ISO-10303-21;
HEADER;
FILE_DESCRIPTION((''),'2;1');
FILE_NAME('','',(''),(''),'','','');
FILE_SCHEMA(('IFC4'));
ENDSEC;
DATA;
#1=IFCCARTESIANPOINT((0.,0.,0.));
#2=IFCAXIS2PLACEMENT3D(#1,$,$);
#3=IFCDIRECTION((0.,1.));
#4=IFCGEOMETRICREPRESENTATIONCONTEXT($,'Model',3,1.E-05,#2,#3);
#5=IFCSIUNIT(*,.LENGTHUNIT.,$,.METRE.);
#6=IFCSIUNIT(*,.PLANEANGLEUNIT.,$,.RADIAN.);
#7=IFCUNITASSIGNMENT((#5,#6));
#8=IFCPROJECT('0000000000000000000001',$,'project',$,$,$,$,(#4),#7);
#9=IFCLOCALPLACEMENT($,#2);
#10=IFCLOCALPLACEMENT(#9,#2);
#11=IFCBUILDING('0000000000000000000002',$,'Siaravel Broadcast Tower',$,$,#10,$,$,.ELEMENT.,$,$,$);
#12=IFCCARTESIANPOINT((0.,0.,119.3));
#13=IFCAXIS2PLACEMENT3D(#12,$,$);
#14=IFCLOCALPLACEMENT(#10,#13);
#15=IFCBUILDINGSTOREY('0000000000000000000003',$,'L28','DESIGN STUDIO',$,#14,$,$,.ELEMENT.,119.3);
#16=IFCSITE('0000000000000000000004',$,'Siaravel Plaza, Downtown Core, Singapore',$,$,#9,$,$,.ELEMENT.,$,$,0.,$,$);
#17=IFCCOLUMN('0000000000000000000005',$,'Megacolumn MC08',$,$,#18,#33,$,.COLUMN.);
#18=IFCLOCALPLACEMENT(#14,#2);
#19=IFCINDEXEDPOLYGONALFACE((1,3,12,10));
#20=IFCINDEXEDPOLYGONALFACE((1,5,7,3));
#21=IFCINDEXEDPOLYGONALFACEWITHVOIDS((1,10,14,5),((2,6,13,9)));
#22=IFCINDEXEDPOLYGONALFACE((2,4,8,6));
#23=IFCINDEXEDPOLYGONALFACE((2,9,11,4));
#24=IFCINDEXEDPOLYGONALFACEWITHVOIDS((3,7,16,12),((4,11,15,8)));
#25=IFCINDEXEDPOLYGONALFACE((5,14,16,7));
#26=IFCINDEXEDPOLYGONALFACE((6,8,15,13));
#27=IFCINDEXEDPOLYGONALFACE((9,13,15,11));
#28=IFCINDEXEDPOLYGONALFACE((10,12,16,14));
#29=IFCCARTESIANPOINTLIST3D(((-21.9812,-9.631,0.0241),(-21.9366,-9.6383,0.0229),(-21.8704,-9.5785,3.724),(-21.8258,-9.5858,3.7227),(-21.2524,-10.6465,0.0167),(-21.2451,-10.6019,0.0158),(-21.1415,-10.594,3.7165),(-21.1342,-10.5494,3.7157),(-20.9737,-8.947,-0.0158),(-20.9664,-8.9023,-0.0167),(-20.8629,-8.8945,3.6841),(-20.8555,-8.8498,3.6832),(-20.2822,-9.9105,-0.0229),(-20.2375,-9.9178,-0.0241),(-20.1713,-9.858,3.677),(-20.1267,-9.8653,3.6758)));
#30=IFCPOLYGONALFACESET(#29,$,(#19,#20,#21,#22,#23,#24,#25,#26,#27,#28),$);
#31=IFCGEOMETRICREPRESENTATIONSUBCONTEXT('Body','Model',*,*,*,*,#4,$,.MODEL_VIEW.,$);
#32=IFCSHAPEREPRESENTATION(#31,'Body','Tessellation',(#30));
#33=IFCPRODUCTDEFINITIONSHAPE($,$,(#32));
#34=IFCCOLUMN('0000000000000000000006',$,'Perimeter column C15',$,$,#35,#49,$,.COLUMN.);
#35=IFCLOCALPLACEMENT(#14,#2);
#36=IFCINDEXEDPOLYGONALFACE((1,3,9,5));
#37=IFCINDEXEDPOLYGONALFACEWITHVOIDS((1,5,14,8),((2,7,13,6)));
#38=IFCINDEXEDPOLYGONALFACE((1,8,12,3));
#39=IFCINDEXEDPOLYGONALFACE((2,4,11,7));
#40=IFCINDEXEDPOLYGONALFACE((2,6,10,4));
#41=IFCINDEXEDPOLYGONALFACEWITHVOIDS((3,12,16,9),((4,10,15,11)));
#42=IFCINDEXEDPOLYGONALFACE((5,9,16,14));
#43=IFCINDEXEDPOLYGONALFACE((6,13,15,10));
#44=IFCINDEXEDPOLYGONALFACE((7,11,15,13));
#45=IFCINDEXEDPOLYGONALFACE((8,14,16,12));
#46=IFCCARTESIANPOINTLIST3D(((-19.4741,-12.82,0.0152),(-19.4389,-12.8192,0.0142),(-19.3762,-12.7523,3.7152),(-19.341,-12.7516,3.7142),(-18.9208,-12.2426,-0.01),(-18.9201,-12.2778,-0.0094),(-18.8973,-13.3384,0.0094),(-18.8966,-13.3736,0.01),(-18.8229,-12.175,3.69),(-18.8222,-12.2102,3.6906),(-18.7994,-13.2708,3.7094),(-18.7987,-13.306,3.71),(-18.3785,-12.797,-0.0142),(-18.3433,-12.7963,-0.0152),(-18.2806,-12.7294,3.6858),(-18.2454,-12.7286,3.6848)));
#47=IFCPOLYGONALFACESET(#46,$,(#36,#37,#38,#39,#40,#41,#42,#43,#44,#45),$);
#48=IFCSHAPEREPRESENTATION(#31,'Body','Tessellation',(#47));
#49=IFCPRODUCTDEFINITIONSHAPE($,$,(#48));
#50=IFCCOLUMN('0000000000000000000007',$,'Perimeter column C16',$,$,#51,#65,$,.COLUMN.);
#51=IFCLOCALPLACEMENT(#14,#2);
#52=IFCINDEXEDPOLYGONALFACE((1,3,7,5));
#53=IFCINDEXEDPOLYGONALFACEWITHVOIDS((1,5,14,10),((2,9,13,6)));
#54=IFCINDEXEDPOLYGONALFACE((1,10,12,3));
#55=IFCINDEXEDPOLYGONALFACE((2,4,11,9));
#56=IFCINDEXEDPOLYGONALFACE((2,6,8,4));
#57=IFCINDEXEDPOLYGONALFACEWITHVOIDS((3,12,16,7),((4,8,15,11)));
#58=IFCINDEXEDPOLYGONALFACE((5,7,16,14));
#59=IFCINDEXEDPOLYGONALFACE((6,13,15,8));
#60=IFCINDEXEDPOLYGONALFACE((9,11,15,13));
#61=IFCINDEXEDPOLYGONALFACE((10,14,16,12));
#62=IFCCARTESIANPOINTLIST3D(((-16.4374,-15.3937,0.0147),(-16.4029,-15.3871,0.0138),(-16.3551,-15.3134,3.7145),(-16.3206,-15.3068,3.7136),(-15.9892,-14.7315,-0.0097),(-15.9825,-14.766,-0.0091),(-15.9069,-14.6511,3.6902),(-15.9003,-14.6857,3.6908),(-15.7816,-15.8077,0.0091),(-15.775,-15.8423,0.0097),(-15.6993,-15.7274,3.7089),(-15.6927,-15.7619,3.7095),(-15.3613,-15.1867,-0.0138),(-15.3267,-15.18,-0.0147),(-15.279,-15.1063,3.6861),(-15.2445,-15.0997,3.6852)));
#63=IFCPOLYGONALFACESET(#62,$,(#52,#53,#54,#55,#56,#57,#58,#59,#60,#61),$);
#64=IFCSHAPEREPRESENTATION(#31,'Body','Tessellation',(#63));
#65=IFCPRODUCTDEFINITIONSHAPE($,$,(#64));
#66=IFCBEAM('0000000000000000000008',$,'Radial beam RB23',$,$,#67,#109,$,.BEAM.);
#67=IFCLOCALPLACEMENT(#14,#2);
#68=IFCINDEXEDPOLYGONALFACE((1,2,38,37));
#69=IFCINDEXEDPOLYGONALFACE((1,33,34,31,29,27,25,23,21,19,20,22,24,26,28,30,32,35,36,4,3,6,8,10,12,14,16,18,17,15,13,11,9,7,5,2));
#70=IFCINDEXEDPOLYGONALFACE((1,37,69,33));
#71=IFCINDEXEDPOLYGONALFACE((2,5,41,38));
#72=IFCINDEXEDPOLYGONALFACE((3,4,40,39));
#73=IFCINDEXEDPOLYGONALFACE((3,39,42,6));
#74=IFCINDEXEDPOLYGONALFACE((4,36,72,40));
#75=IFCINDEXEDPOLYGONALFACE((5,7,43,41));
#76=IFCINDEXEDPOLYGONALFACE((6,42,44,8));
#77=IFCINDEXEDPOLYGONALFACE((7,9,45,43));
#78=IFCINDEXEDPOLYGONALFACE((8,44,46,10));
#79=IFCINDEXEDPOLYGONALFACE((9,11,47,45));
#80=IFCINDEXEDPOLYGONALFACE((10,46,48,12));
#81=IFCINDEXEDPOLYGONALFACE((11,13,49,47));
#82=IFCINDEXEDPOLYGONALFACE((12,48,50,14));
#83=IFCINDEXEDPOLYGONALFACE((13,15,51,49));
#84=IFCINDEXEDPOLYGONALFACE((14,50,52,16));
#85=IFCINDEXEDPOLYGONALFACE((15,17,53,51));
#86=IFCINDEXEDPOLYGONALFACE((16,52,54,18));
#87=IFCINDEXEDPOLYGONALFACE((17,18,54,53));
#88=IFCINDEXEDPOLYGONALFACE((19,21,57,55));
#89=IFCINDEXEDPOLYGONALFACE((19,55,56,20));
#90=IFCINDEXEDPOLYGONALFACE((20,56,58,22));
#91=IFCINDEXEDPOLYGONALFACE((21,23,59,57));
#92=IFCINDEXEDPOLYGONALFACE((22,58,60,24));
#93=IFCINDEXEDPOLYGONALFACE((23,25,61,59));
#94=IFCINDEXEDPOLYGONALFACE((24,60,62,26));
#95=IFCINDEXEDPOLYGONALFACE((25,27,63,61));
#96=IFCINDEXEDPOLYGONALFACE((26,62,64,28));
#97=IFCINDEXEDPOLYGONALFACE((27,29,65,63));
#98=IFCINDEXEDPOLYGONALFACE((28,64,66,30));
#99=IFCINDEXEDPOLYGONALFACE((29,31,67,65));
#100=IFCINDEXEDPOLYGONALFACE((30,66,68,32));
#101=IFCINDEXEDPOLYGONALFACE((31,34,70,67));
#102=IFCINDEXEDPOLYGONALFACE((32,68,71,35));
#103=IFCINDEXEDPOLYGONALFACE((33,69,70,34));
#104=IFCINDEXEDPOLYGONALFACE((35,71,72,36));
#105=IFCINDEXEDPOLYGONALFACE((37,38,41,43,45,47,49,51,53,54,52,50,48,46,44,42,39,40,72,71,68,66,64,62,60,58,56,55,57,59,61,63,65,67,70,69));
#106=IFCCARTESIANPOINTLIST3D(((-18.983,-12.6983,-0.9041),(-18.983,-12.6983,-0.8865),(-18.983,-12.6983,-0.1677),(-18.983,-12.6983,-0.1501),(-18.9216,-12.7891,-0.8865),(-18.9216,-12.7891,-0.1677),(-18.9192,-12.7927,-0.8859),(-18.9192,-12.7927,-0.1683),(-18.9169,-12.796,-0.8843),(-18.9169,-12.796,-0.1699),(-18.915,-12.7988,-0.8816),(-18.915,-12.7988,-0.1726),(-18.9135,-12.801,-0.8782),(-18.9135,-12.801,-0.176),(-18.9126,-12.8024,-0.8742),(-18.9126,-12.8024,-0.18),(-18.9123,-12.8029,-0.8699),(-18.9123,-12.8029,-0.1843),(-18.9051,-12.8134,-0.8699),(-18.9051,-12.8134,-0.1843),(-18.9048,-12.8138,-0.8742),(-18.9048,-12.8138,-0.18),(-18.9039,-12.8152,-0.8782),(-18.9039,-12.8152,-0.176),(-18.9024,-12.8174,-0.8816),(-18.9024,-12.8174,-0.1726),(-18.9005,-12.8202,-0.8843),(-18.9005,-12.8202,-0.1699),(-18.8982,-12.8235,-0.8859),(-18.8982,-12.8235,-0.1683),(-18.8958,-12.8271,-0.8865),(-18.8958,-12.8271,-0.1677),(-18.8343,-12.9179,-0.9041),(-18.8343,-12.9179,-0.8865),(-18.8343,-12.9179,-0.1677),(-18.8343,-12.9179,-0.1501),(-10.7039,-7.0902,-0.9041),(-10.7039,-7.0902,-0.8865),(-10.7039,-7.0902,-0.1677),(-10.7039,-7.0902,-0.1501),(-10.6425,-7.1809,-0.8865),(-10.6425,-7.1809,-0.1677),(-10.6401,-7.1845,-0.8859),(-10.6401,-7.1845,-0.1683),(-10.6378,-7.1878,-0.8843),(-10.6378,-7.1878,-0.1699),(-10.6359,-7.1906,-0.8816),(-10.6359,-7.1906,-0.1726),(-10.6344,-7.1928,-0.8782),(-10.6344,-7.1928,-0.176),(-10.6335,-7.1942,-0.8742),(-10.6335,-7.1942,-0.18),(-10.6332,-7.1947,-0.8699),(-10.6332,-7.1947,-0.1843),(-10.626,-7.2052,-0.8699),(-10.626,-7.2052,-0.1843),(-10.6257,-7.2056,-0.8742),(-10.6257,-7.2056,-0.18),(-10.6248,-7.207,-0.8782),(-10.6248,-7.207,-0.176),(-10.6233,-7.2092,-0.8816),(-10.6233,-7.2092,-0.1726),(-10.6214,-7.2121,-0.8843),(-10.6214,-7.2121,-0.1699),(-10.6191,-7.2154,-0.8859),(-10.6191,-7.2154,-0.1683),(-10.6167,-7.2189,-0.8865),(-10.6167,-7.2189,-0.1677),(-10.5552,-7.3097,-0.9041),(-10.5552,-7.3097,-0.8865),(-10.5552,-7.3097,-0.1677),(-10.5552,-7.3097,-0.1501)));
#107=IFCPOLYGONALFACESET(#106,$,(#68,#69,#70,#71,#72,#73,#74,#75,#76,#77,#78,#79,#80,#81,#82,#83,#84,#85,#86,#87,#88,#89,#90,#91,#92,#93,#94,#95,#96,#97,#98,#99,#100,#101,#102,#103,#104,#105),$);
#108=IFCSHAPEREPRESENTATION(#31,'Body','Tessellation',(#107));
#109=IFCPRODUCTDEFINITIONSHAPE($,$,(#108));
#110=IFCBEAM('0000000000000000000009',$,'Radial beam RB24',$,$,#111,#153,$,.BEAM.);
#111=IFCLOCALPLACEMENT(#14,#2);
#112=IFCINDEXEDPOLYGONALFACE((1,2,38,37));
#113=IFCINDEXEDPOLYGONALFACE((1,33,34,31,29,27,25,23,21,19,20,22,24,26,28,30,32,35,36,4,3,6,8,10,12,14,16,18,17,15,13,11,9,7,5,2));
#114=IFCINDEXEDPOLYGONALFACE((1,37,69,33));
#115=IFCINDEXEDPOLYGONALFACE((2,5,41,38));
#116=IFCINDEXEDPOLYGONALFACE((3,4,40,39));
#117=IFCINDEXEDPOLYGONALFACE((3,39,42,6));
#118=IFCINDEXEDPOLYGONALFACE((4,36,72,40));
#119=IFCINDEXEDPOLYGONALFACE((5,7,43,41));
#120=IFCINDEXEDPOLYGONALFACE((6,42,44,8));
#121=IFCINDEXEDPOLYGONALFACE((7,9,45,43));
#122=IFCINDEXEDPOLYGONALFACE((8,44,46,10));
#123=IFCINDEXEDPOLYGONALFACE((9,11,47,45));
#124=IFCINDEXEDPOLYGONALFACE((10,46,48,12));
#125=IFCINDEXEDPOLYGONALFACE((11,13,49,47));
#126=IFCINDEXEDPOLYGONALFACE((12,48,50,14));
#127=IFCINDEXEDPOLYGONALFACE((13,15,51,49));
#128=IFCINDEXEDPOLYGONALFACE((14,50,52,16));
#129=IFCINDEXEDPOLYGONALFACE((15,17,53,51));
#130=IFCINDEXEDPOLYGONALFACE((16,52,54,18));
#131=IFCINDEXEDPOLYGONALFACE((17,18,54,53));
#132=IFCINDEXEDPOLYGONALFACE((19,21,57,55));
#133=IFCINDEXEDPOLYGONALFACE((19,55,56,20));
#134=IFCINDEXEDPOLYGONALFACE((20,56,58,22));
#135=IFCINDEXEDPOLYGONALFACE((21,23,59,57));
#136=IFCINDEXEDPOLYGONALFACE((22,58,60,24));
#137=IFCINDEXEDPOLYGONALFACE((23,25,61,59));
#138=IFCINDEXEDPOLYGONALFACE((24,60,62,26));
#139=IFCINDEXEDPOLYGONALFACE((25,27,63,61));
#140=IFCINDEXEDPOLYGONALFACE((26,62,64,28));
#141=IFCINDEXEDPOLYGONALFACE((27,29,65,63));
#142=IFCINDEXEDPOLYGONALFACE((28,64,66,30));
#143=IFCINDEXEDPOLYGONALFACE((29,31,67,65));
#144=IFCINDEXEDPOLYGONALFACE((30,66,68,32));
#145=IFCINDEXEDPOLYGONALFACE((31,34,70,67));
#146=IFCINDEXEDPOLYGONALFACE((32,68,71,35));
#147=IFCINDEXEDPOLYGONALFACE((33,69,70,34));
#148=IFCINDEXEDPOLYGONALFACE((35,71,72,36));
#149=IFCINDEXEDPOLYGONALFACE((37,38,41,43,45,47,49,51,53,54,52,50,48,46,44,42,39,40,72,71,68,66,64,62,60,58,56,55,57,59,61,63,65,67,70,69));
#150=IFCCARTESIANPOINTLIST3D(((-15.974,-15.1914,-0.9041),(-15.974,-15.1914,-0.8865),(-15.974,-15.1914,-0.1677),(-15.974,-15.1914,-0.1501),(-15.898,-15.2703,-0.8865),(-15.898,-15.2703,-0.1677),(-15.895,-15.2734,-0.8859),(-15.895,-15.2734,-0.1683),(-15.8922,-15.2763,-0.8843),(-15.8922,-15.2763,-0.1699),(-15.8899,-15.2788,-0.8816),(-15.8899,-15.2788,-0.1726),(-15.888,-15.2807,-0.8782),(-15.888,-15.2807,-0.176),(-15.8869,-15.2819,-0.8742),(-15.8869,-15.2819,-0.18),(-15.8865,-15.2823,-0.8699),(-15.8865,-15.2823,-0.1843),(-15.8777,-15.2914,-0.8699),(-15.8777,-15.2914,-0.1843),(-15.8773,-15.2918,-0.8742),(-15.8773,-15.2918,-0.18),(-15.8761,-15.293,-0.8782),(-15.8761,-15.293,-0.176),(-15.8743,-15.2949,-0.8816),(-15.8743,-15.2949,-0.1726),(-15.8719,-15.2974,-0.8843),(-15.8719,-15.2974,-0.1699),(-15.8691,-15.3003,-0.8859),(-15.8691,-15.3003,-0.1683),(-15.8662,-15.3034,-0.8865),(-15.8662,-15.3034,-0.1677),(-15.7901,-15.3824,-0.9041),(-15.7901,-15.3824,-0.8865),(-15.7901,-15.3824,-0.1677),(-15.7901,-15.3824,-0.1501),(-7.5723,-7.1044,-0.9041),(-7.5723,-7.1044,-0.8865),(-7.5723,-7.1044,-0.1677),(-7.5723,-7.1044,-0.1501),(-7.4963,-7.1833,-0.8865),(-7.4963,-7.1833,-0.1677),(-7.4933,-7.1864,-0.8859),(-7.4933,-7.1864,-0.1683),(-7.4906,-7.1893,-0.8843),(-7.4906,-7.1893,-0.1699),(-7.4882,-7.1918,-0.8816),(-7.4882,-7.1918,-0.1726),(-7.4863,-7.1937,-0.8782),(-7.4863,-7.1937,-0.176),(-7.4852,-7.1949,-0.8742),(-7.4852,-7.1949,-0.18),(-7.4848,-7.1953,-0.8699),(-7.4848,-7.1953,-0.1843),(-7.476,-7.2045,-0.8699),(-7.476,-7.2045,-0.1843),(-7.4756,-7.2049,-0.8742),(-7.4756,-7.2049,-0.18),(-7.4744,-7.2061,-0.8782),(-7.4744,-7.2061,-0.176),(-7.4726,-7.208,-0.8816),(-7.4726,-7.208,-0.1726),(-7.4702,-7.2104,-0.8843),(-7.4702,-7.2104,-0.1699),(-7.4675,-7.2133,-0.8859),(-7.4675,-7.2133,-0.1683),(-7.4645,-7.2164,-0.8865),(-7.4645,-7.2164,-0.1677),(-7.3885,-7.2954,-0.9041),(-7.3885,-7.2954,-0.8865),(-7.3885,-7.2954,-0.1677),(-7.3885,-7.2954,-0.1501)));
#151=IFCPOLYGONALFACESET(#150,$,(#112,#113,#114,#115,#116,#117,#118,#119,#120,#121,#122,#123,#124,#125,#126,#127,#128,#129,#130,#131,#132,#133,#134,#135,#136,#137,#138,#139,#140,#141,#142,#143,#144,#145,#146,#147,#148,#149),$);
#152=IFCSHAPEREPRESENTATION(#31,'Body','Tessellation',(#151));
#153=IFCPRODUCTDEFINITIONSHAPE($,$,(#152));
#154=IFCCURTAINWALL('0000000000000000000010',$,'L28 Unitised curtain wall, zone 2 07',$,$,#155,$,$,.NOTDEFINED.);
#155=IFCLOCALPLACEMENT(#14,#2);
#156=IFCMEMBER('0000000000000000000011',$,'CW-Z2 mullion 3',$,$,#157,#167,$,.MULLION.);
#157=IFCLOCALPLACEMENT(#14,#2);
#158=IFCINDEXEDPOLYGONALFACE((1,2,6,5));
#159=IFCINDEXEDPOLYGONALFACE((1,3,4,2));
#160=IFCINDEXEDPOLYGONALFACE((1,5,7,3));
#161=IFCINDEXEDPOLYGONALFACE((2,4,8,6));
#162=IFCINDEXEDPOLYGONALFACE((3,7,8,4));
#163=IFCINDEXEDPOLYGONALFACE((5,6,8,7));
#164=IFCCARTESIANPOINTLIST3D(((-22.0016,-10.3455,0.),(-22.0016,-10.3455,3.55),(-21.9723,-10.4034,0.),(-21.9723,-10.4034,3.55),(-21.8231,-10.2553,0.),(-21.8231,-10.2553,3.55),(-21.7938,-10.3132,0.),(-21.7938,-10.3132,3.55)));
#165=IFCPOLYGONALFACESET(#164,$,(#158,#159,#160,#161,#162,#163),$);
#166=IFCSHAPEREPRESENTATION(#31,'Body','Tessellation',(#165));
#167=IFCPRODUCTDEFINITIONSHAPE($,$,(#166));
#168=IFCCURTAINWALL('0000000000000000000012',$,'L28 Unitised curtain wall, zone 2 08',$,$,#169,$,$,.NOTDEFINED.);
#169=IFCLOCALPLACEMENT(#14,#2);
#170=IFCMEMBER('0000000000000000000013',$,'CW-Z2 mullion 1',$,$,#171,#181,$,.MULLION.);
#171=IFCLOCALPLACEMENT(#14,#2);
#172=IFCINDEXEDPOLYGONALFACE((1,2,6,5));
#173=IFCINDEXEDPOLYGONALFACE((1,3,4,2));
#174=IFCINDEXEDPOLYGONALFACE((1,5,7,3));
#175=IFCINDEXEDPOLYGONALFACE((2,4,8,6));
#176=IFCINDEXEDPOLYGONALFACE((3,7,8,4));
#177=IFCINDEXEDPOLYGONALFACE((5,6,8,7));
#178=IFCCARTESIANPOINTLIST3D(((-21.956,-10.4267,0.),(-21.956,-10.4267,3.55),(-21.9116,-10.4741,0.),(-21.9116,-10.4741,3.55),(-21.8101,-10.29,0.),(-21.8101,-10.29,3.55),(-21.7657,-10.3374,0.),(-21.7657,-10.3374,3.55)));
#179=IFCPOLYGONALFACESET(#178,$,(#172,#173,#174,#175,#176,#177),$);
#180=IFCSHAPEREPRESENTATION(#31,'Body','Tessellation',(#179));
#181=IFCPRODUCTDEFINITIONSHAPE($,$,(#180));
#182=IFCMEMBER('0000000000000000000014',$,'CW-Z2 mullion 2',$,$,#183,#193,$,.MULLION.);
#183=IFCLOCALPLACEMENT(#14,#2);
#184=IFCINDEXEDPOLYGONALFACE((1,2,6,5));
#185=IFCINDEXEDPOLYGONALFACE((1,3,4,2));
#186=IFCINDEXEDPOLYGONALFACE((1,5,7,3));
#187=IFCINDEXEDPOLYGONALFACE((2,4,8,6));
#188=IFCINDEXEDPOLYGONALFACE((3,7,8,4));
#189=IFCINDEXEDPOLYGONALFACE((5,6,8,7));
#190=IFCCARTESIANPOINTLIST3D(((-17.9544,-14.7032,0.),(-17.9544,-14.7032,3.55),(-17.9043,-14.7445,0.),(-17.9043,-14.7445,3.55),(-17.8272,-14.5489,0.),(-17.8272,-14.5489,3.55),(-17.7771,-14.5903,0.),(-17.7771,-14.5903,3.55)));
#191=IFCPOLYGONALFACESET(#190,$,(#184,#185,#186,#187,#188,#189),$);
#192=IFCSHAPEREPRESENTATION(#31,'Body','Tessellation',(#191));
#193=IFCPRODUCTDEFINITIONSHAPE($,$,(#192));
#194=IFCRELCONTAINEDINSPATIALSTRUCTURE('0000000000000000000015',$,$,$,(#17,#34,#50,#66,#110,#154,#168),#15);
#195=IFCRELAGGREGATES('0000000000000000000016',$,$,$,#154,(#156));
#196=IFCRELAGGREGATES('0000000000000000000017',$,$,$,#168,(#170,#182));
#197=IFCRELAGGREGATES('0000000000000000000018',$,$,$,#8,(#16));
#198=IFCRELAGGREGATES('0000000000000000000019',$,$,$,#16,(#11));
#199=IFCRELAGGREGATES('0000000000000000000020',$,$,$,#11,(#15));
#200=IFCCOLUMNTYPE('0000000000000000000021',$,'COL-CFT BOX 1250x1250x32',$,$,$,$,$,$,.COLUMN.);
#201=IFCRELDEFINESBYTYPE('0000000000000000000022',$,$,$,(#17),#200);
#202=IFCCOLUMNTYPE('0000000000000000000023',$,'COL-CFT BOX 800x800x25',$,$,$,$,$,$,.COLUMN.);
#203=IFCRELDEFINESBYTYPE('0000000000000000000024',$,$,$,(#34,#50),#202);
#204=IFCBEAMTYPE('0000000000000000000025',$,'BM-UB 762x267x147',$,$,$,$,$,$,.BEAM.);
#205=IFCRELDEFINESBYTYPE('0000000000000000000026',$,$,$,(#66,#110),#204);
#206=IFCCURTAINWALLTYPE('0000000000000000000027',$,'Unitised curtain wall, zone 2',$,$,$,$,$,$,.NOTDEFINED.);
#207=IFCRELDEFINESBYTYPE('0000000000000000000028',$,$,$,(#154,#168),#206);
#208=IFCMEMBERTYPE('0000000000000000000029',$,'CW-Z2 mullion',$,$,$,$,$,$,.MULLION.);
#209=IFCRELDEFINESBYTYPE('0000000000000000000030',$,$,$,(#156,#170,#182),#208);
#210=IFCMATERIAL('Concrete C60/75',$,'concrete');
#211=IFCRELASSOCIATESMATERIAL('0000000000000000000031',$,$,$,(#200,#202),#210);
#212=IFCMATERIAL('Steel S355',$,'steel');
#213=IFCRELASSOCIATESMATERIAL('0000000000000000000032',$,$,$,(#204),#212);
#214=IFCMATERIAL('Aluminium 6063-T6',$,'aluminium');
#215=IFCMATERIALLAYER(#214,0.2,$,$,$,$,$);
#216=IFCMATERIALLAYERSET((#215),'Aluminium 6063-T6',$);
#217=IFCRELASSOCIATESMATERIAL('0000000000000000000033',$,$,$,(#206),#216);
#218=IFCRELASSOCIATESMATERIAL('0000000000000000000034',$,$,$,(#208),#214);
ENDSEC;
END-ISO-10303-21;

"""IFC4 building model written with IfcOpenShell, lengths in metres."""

from ifc_helpers import new_model, si_unit, direction, frame, origin, origin_2d, place, context, subcontext, project, spatial, rectangle, hollow_rectangle, i_section, extrude, material, layer, layer_set, material_profile, profile_set, type_object, element, aggregate, save


model = new_model("IFC4")

# Units and contexts
model_context = context("Model", 3, precision=1e-05, world=origin(), true_north=direction((0.0, 1.0)))
body_context = subcontext(model_context, "Body", "Model", "MODEL_VIEW")
ifc_project = project(units=[si_unit("LENGTHUNIT", "METRE"), si_unit("PLANEANGLEUNIT", "RADIAN")], contexts=[model_context])

# Site, building, storey
site_placement = place(None, origin())
site = spatial("IfcSite", under=ifc_project, at=site_placement, Name="Siaravel Plaza, Downtown Core, Singapore", CompositionType="ELEMENT", RefElevation=0.0)
building_placement = place(site_placement, origin())
building = spatial("IfcBuilding", under=site, at=building_placement, Name="Siaravel Broadcast Tower", CompositionType="ELEMENT")
storey_placement = place(building_placement, frame((0.0, 0.0, 119.3)))
storey = spatial("IfcBuildingStorey", under=building, at=storey_placement, Name="L28", Description="DESIGN STUDIO", CompositionType="ELEMENT", Elevation=119.3)

# Columns
ifc_material_1 = material(Name="Concrete C60/75", Category="concrete")
ifc_material_profile_1 = material_profile(ifc_material_1, hollow_rectangle(XDim=1.25, YDim=1.25, WallThickness=0.032, at=origin_2d()))
ifc_profile_set_1 = profile_set([ifc_material_profile_1], Name="Concrete C60/75")
column_type_1 = type_object("IfcColumnType", Name="COL-CFT BOX 1250x1250x32", PredefinedType="COLUMN", material=ifc_profile_set_1)
column_1_placement = place(storey_placement, frame((-21.1094, -9.7744, 0.0), z_axis=(0.029941, 0.014179, 0.999451), x_axis=(-0.583066, 0.812403, 0.005942)))
element("IfcColumn", 1, at=column_1_placement, inside=storey, type_object=column_type_1, Name="Megacolumn MC08", PredefinedType="COLUMN", context=body_context, shape_type="SweptSolid", body=[
    extrude(hollow_rectangle(XDim=1.25, YDim=1.25, WallThickness=0.032, at=origin_2d()), origin(), (0.0, 0.0, 1.0), 3.7019),
])
ifc_material_profile_2 = material_profile(ifc_material_1, hollow_rectangle(XDim=0.8, YDim=0.8, WallThickness=0.0249, at=origin_2d()))
ifc_profile_set_2 = profile_set([ifc_material_profile_2], Name="Concrete C60/75")
column_type_2 = type_object("IfcColumnType", Name="COL-CFT BOX 800x800x25", PredefinedType="COLUMN", material=ifc_profile_set_2)
column_2_placement = place(storey_placement, frame((-18.9087, -12.8081, 0.0), z_axis=(0.026446, 0.018268, 0.999483), x_axis=(-0.721852, 0.692017, 0.006452)))
element("IfcColumn", 2, at=column_2_placement, inside=storey, type_object=column_type_2, Name="Perimeter column C15", PredefinedType="COLUMN", context=body_context, shape_type="SweptSolid", body=[
    extrude(hollow_rectangle(XDim=0.8, YDim=0.8, WallThickness=0.0249, at=origin_2d()), origin(), (0.0, 0.0, 1.0), 3.7019),
])
column_3_placement = place(storey_placement, frame((-15.8821, -15.2869, 0.0), z_axis=(0.022226, 0.021699, 0.999517), x_axis=(-0.828038, 0.560637, 0.006242)))
element("IfcColumn", 3, at=column_3_placement, inside=storey, type_object=column_type_2, Name="Perimeter column C16", PredefinedType="COLUMN", context=body_context, shape_type="SweptSolid", body=[
    extrude(hollow_rectangle(XDim=0.8, YDim=0.8, WallThickness=0.0249, at=origin_2d()), origin(), (0.0, 0.0, 1.0), 3.7017),
])

# Beams
ifc_material_2 = material(Name="Steel S355", Category="steel")
ifc_material_profile_3 = material_profile(ifc_material_2, i_section(OverallWidth=0.2651, OverallDepth=0.7539, WebThickness=0.0127, FlangeThickness=0.0176, FilletRadius=0.0166, at=origin_2d()))
ifc_profile_set_3 = profile_set([ifc_material_profile_3], Name="Steel S355")
beam_type = type_object("IfcBeamType", Name="BM-UB 762x267x147", PredefinedType="BEAM", material=ifc_profile_set_3)
beam_1_placement = place(storey_placement, frame((-18.9087, -12.8081, -0.5271), z_axis=(0.82793, 0.560832, 0.0), x_axis=(-0.560832, 0.82793, 0.0)))
element("IfcBeam", 4, at=beam_1_placement, inside=storey, type_object=beam_type, Name="Radial beam RB23", PredefinedType="BEAM", context=body_context, shape_type="SweptSolid", body=[
    extrude(i_section(OverallWidth=0.2651, OverallDepth=0.7539, WebThickness=0.0127, FlangeThickness=0.0176, FilletRadius=0.0166, at=origin_2d()), origin(), (0.0, 0.0, 1.0), 9.9998),
])
beam_2_placement = place(storey_placement, frame((-15.8821, -15.2869, -0.5271), z_axis=(0.720471, 0.693485, 0.0), x_axis=(-0.693485, 0.720471, 0.0)))
element("IfcBeam", 5, at=beam_2_placement, inside=storey, type_object=beam_type, Name="Radial beam RB24", PredefinedType="BEAM", context=body_context, shape_type="SweptSolid", body=[
    extrude(i_section(OverallWidth=0.2651, OverallDepth=0.7539, WebThickness=0.0127, FlangeThickness=0.0176, FilletRadius=0.0166, at=origin_2d()), origin(), (0.0, 0.0, 1.0), 11.6614),
])

# Curtain wall, member
ifc_material_3 = material(Name="Aluminium 6063-T6", Category="aluminium")
ifc_layer_1 = layer(ifc_material_3, 0.2)
ifc_layer_set_1 = layer_set([ifc_layer_1], Name="Aluminium 6063-T6")
curtain_wall_type = type_object("IfcCurtainWallType", Name="Unitised curtain wall, zone 2", PredefinedType="NOTDEFINED", material=ifc_layer_set_1)
curtain_wall_1_placement = place(storey_placement, origin())
curtain_wall_1 = element("IfcCurtainWall", 6, at=curtain_wall_1_placement, inside=storey, type_object=curtain_wall_type, Name="L28 Unitised curtain wall, zone 2 07", PredefinedType="NOTDEFINED")
ifc_material_profile_4 = material_profile(ifc_material_3, rectangle(XDim=0.2, YDim=0.0649, at=origin_2d()))
ifc_profile_set_4 = profile_set([ifc_material_profile_4], Name="Aluminium 6063-T6")
member_type_1 = type_object("IfcMemberType", Name="CW-Z2 mullion", PredefinedType="MULLION", material=ifc_profile_set_4)
member_1_placement = place(storey_placement, frame((-21.8977, -10.3293, 0.0), z_axis=(0.0, 0.0, 1.0), x_axis=(0.892392, 0.451261, 0.0)))
member_1 = element("IfcMember", 7, at=member_1_placement, type_object=member_type_1, Name="CW-Z2 mullion 3", PredefinedType="MULLION", context=body_context, shape_type="SweptSolid", body=[
    extrude(rectangle(XDim=0.2, YDim=0.0649, at=origin_2d()), origin(), (0.0, 0.0, 1.0), 3.55),
])
aggregate(curtain_wall_1, [member_1])

# Curtain wall, members
curtain_wall_2_placement = place(storey_placement, origin())
curtain_wall_2 = element("IfcCurtainWall", 8, at=curtain_wall_2_placement, inside=storey, type_object=curtain_wall_type, Name="L28 Unitised curtain wall, zone 2 08", PredefinedType="NOTDEFINED")
member_2_placement = place(storey_placement, frame((-21.8608, -10.3821, 0.0), z_axis=(0.0, 0.0, 1.0), x_axis=(0.729805, 0.683655, 0.0)))
member_2 = element("IfcMember", 9, at=member_2_placement, type_object=member_type_1, Name="CW-Z2 mullion 1", PredefinedType="MULLION", context=body_context, shape_type="SweptSolid", body=[
    extrude(rectangle(XDim=0.2, YDim=0.0649, at=origin_2d()), origin(), (0.0, 0.0, 1.0), 3.55),
])
member_3_placement = place(storey_placement, frame((-17.8657, -14.6467, 0.0), z_axis=(0.0, 0.0, 1.0), x_axis=(0.636219, 0.771509, 0.0)))
member_3 = element("IfcMember", 10, at=member_3_placement, type_object=member_type_1, Name="CW-Z2 mullion 2", PredefinedType="MULLION", context=body_context, shape_type="SweptSolid", body=[
    extrude(rectangle(XDim=0.2, YDim=0.0649, at=origin_2d()), origin(), (0.0, 0.0, 1.0), 3.55),
])

aggregate(curtain_wall_2, [member_2, member_3])

save(model, "model.ifc")
